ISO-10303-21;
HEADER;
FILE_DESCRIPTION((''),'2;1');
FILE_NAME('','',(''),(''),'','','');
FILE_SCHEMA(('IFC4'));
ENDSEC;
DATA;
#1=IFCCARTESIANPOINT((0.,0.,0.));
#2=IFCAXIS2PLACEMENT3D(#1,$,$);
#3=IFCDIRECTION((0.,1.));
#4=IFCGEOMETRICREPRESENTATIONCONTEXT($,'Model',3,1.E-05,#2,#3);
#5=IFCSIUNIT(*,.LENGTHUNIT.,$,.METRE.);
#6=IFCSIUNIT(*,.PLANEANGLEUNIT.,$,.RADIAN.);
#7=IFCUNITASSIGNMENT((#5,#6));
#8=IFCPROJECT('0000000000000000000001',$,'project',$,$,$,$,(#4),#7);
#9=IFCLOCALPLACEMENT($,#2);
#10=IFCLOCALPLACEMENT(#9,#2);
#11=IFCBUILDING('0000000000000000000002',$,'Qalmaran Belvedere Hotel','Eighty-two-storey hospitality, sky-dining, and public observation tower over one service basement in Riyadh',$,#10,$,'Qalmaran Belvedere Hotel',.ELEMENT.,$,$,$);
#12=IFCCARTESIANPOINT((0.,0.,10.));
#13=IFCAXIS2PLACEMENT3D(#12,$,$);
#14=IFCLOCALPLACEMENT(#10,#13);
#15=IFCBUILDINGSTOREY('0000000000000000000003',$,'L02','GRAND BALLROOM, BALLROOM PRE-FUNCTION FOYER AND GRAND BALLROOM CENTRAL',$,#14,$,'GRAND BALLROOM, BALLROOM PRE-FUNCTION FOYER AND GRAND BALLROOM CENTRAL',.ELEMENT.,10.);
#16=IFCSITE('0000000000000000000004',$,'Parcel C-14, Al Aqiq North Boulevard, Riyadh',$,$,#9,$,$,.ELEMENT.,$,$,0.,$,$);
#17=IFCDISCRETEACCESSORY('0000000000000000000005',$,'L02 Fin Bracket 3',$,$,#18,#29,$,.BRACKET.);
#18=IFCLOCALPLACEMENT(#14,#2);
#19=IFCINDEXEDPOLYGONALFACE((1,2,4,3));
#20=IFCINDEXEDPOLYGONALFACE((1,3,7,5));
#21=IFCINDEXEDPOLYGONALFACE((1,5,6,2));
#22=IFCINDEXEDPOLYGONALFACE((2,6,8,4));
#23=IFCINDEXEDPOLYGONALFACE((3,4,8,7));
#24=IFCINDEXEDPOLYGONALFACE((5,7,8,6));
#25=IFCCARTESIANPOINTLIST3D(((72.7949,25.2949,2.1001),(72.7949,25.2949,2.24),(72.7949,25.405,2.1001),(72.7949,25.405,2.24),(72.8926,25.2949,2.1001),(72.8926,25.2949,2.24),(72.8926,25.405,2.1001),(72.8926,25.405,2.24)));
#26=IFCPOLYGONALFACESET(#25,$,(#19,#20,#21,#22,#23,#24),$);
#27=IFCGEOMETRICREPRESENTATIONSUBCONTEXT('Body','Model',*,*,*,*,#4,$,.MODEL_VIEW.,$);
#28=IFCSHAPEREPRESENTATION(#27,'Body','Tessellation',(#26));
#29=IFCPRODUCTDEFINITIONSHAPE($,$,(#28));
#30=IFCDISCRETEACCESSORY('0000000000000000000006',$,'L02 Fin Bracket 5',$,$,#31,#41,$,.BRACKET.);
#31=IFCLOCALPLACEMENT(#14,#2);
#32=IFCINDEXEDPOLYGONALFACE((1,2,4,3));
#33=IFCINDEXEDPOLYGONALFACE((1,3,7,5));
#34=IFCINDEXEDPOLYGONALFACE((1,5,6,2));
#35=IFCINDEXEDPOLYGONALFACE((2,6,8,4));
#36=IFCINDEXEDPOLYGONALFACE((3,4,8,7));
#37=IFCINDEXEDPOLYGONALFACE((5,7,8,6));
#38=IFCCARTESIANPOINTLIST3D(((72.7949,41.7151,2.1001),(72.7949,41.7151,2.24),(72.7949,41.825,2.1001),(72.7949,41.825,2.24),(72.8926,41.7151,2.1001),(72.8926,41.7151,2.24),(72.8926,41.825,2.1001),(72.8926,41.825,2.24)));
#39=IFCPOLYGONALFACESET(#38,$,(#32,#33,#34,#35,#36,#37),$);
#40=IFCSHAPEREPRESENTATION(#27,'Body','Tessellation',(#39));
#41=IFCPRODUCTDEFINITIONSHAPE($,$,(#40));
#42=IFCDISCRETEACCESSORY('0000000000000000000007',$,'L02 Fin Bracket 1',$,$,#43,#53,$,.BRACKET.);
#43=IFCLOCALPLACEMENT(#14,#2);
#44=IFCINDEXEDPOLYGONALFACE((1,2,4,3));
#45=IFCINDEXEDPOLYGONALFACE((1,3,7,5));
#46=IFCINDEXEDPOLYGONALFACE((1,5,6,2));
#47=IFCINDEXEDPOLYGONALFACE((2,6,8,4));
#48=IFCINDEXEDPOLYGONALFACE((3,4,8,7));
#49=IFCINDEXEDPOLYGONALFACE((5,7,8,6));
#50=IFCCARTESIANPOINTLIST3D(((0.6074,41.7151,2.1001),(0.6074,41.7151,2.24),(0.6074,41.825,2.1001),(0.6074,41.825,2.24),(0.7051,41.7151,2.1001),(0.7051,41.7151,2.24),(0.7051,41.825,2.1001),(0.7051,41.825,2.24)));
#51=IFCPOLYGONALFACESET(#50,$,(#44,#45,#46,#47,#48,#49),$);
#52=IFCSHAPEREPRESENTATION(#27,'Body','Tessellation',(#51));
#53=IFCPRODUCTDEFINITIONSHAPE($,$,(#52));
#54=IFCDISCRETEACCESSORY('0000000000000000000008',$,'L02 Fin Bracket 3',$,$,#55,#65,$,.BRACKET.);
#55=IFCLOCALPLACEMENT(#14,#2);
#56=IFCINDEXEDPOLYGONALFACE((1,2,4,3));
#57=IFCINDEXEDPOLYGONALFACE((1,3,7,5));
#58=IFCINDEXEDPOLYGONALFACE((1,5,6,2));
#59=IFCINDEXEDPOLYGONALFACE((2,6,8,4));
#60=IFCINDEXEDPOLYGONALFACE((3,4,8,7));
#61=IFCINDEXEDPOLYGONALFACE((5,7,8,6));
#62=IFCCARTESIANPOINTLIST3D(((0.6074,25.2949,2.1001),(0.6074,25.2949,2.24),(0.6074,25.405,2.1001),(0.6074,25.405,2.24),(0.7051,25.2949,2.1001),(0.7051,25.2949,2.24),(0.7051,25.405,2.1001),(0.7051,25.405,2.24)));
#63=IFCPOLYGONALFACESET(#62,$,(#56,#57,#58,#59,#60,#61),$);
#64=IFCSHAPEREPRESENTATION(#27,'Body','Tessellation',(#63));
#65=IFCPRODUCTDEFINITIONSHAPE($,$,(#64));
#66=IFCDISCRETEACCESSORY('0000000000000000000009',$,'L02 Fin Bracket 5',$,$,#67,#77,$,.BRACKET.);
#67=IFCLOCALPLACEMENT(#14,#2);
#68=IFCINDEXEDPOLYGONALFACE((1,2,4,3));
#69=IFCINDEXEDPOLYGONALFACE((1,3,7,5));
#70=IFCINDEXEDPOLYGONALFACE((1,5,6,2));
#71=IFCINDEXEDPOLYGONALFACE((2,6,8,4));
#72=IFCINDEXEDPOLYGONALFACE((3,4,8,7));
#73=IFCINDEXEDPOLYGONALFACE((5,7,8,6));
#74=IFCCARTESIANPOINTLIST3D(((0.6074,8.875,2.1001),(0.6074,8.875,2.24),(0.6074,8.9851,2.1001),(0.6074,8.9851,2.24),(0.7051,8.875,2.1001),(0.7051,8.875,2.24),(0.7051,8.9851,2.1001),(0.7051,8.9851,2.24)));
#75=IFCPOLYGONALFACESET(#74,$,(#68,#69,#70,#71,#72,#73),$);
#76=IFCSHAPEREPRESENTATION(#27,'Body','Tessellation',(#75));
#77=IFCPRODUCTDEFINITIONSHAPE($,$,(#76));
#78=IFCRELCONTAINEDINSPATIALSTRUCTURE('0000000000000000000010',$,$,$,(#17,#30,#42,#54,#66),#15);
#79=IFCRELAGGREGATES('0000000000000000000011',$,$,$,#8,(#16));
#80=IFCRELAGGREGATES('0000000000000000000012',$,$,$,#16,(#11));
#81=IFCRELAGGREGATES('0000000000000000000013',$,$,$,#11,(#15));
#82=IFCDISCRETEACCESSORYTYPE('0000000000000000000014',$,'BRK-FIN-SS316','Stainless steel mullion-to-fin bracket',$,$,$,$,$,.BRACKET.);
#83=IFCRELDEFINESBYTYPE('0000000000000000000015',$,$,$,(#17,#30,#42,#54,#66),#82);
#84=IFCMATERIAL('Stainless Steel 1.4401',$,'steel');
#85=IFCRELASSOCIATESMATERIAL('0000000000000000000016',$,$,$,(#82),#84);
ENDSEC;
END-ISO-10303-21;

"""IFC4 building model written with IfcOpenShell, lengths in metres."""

from ifc_helpers import new_model, si_unit, direction, frame, origin, place, context, subcontext, project, spatial, polyline, outline, extrude, material, type_object, element, save


model = new_model("IFC4")

# Units and contexts
model_context = context("Model", 3, precision=1e-05, world=origin(), true_north=direction((0.0, 1.0)))
body_context = subcontext(model_context, "Body", "Model", "MODEL_VIEW")
ifc_project = project(units=[si_unit("LENGTHUNIT", "METRE"), si_unit("PLANEANGLEUNIT", "RADIAN")], contexts=[model_context])

# Site, building, storey
site_placement = place(None, origin())
site = spatial("IfcSite", under=ifc_project, at=site_placement, Name="Parcel C-14, Al Aqiq North Boulevard, Riyadh", CompositionType="ELEMENT", RefElevation=0.0)
building_placement = place(site_placement, origin())
building = spatial("IfcBuilding", under=site, at=building_placement, Name="Qalmaran Belvedere Hotel", Description="Eighty-two-storey hospitality, sky-dining, and public observation tower over one service basement in Riyadh", LongName="Qalmaran Belvedere Hotel", CompositionType="ELEMENT")
storey_placement = place(building_placement, frame((0.0, 0.0, 10.0)))
storey = spatial("IfcBuildingStorey", under=building, at=storey_placement, Name="L02", Description="GRAND BALLROOM, BALLROOM PRE-FUNCTION FOYER AND GRAND BALLROOM CENTRAL", LongName="GRAND BALLROOM, BALLROOM PRE-FUNCTION FOYER AND GRAND BALLROOM CENTRAL", CompositionType="ELEMENT", Elevation=10.0)

# Discrete accessories
ifc_material_1 = material(Name="Stainless Steel 1.4401", Category="steel")
discrete_accessory_type = type_object("IfcDiscreteAccessoryType", Name="BRK-FIN-SS316", Description="Stainless steel mullion-to-fin bracket", PredefinedType="BRACKET", material=ifc_material_1)
discrete_accessory_1_placement = place(storey_placement, frame((0.0, 0.0, 2.1001)))
element("IfcDiscreteAccessory", 1, at=discrete_accessory_1_placement, inside=storey, type_object=discrete_accessory_type, Name="L02 Fin Bracket 3", PredefinedType="BRACKET", context=body_context, shape_type="SweptSolid", body=[
    extrude(outline(polyline([(72.7949, 25.2949), (72.8926, 25.2949), (72.8926, 25.405), (72.7949, 25.405), (72.7949, 25.2949)])), origin(), (0.0, 0.0, 1.0), 0.1399),
])
discrete_accessory_2_placement = place(storey_placement, frame((0.0, 0.0, 2.1001)))
element("IfcDiscreteAccessory", 2, at=discrete_accessory_2_placement, inside=storey, type_object=discrete_accessory_type, Name="L02 Fin Bracket 5", PredefinedType="BRACKET", context=body_context, shape_type="SweptSolid", body=[
    extrude(outline(polyline([(72.7949, 41.7151), (72.8926, 41.7151), (72.8926, 41.825), (72.7949, 41.825), (72.7949, 41.7151)])), origin(), (0.0, 0.0, 1.0), 0.1399),
])
discrete_accessory_3_placement = place(storey_placement, frame((0.0, 0.0, 2.1001)))
element("IfcDiscreteAccessory", 3, at=discrete_accessory_3_placement, inside=storey, type_object=discrete_accessory_type, Name="L02 Fin Bracket 1", PredefinedType="BRACKET", context=body_context, shape_type="SweptSolid", body=[
    extrude(outline(polyline([(0.7051, 41.825), (0.6074, 41.825), (0.6074, 41.7151), (0.7051, 41.7151), (0.7051, 41.825)])), origin(), (0.0, 0.0, 1.0), 0.1399),
])
discrete_accessory_4_placement = place(storey_placement, frame((0.0, 0.0, 2.1001)))
element("IfcDiscreteAccessory", 4, at=discrete_accessory_4_placement, inside=storey, type_object=discrete_accessory_type, Name="L02 Fin Bracket 3", PredefinedType="BRACKET", context=body_context, shape_type="SweptSolid", body=[
    extrude(outline(polyline([(0.7051, 25.405), (0.6074, 25.405), (0.6074, 25.2949), (0.7051, 25.2949), (0.7051, 25.405)])), origin(), (0.0, 0.0, 1.0), 0.1399),
])
discrete_accessory_5_placement = place(storey_placement, frame((0.0, 0.0, 2.1001)))
element("IfcDiscreteAccessory", 5, at=discrete_accessory_5_placement, inside=storey, type_object=discrete_accessory_type, Name="L02 Fin Bracket 5", PredefinedType="BRACKET", context=body_context, shape_type="SweptSolid", body=[
    extrude(outline(polyline([(0.7051, 8.9851), (0.6074, 8.9851), (0.6074, 8.875), (0.7051, 8.875), (0.7051, 8.9851)])), origin(), (0.0, 0.0, 1.0), 0.1399),
])

save(model, "model.ifc")
